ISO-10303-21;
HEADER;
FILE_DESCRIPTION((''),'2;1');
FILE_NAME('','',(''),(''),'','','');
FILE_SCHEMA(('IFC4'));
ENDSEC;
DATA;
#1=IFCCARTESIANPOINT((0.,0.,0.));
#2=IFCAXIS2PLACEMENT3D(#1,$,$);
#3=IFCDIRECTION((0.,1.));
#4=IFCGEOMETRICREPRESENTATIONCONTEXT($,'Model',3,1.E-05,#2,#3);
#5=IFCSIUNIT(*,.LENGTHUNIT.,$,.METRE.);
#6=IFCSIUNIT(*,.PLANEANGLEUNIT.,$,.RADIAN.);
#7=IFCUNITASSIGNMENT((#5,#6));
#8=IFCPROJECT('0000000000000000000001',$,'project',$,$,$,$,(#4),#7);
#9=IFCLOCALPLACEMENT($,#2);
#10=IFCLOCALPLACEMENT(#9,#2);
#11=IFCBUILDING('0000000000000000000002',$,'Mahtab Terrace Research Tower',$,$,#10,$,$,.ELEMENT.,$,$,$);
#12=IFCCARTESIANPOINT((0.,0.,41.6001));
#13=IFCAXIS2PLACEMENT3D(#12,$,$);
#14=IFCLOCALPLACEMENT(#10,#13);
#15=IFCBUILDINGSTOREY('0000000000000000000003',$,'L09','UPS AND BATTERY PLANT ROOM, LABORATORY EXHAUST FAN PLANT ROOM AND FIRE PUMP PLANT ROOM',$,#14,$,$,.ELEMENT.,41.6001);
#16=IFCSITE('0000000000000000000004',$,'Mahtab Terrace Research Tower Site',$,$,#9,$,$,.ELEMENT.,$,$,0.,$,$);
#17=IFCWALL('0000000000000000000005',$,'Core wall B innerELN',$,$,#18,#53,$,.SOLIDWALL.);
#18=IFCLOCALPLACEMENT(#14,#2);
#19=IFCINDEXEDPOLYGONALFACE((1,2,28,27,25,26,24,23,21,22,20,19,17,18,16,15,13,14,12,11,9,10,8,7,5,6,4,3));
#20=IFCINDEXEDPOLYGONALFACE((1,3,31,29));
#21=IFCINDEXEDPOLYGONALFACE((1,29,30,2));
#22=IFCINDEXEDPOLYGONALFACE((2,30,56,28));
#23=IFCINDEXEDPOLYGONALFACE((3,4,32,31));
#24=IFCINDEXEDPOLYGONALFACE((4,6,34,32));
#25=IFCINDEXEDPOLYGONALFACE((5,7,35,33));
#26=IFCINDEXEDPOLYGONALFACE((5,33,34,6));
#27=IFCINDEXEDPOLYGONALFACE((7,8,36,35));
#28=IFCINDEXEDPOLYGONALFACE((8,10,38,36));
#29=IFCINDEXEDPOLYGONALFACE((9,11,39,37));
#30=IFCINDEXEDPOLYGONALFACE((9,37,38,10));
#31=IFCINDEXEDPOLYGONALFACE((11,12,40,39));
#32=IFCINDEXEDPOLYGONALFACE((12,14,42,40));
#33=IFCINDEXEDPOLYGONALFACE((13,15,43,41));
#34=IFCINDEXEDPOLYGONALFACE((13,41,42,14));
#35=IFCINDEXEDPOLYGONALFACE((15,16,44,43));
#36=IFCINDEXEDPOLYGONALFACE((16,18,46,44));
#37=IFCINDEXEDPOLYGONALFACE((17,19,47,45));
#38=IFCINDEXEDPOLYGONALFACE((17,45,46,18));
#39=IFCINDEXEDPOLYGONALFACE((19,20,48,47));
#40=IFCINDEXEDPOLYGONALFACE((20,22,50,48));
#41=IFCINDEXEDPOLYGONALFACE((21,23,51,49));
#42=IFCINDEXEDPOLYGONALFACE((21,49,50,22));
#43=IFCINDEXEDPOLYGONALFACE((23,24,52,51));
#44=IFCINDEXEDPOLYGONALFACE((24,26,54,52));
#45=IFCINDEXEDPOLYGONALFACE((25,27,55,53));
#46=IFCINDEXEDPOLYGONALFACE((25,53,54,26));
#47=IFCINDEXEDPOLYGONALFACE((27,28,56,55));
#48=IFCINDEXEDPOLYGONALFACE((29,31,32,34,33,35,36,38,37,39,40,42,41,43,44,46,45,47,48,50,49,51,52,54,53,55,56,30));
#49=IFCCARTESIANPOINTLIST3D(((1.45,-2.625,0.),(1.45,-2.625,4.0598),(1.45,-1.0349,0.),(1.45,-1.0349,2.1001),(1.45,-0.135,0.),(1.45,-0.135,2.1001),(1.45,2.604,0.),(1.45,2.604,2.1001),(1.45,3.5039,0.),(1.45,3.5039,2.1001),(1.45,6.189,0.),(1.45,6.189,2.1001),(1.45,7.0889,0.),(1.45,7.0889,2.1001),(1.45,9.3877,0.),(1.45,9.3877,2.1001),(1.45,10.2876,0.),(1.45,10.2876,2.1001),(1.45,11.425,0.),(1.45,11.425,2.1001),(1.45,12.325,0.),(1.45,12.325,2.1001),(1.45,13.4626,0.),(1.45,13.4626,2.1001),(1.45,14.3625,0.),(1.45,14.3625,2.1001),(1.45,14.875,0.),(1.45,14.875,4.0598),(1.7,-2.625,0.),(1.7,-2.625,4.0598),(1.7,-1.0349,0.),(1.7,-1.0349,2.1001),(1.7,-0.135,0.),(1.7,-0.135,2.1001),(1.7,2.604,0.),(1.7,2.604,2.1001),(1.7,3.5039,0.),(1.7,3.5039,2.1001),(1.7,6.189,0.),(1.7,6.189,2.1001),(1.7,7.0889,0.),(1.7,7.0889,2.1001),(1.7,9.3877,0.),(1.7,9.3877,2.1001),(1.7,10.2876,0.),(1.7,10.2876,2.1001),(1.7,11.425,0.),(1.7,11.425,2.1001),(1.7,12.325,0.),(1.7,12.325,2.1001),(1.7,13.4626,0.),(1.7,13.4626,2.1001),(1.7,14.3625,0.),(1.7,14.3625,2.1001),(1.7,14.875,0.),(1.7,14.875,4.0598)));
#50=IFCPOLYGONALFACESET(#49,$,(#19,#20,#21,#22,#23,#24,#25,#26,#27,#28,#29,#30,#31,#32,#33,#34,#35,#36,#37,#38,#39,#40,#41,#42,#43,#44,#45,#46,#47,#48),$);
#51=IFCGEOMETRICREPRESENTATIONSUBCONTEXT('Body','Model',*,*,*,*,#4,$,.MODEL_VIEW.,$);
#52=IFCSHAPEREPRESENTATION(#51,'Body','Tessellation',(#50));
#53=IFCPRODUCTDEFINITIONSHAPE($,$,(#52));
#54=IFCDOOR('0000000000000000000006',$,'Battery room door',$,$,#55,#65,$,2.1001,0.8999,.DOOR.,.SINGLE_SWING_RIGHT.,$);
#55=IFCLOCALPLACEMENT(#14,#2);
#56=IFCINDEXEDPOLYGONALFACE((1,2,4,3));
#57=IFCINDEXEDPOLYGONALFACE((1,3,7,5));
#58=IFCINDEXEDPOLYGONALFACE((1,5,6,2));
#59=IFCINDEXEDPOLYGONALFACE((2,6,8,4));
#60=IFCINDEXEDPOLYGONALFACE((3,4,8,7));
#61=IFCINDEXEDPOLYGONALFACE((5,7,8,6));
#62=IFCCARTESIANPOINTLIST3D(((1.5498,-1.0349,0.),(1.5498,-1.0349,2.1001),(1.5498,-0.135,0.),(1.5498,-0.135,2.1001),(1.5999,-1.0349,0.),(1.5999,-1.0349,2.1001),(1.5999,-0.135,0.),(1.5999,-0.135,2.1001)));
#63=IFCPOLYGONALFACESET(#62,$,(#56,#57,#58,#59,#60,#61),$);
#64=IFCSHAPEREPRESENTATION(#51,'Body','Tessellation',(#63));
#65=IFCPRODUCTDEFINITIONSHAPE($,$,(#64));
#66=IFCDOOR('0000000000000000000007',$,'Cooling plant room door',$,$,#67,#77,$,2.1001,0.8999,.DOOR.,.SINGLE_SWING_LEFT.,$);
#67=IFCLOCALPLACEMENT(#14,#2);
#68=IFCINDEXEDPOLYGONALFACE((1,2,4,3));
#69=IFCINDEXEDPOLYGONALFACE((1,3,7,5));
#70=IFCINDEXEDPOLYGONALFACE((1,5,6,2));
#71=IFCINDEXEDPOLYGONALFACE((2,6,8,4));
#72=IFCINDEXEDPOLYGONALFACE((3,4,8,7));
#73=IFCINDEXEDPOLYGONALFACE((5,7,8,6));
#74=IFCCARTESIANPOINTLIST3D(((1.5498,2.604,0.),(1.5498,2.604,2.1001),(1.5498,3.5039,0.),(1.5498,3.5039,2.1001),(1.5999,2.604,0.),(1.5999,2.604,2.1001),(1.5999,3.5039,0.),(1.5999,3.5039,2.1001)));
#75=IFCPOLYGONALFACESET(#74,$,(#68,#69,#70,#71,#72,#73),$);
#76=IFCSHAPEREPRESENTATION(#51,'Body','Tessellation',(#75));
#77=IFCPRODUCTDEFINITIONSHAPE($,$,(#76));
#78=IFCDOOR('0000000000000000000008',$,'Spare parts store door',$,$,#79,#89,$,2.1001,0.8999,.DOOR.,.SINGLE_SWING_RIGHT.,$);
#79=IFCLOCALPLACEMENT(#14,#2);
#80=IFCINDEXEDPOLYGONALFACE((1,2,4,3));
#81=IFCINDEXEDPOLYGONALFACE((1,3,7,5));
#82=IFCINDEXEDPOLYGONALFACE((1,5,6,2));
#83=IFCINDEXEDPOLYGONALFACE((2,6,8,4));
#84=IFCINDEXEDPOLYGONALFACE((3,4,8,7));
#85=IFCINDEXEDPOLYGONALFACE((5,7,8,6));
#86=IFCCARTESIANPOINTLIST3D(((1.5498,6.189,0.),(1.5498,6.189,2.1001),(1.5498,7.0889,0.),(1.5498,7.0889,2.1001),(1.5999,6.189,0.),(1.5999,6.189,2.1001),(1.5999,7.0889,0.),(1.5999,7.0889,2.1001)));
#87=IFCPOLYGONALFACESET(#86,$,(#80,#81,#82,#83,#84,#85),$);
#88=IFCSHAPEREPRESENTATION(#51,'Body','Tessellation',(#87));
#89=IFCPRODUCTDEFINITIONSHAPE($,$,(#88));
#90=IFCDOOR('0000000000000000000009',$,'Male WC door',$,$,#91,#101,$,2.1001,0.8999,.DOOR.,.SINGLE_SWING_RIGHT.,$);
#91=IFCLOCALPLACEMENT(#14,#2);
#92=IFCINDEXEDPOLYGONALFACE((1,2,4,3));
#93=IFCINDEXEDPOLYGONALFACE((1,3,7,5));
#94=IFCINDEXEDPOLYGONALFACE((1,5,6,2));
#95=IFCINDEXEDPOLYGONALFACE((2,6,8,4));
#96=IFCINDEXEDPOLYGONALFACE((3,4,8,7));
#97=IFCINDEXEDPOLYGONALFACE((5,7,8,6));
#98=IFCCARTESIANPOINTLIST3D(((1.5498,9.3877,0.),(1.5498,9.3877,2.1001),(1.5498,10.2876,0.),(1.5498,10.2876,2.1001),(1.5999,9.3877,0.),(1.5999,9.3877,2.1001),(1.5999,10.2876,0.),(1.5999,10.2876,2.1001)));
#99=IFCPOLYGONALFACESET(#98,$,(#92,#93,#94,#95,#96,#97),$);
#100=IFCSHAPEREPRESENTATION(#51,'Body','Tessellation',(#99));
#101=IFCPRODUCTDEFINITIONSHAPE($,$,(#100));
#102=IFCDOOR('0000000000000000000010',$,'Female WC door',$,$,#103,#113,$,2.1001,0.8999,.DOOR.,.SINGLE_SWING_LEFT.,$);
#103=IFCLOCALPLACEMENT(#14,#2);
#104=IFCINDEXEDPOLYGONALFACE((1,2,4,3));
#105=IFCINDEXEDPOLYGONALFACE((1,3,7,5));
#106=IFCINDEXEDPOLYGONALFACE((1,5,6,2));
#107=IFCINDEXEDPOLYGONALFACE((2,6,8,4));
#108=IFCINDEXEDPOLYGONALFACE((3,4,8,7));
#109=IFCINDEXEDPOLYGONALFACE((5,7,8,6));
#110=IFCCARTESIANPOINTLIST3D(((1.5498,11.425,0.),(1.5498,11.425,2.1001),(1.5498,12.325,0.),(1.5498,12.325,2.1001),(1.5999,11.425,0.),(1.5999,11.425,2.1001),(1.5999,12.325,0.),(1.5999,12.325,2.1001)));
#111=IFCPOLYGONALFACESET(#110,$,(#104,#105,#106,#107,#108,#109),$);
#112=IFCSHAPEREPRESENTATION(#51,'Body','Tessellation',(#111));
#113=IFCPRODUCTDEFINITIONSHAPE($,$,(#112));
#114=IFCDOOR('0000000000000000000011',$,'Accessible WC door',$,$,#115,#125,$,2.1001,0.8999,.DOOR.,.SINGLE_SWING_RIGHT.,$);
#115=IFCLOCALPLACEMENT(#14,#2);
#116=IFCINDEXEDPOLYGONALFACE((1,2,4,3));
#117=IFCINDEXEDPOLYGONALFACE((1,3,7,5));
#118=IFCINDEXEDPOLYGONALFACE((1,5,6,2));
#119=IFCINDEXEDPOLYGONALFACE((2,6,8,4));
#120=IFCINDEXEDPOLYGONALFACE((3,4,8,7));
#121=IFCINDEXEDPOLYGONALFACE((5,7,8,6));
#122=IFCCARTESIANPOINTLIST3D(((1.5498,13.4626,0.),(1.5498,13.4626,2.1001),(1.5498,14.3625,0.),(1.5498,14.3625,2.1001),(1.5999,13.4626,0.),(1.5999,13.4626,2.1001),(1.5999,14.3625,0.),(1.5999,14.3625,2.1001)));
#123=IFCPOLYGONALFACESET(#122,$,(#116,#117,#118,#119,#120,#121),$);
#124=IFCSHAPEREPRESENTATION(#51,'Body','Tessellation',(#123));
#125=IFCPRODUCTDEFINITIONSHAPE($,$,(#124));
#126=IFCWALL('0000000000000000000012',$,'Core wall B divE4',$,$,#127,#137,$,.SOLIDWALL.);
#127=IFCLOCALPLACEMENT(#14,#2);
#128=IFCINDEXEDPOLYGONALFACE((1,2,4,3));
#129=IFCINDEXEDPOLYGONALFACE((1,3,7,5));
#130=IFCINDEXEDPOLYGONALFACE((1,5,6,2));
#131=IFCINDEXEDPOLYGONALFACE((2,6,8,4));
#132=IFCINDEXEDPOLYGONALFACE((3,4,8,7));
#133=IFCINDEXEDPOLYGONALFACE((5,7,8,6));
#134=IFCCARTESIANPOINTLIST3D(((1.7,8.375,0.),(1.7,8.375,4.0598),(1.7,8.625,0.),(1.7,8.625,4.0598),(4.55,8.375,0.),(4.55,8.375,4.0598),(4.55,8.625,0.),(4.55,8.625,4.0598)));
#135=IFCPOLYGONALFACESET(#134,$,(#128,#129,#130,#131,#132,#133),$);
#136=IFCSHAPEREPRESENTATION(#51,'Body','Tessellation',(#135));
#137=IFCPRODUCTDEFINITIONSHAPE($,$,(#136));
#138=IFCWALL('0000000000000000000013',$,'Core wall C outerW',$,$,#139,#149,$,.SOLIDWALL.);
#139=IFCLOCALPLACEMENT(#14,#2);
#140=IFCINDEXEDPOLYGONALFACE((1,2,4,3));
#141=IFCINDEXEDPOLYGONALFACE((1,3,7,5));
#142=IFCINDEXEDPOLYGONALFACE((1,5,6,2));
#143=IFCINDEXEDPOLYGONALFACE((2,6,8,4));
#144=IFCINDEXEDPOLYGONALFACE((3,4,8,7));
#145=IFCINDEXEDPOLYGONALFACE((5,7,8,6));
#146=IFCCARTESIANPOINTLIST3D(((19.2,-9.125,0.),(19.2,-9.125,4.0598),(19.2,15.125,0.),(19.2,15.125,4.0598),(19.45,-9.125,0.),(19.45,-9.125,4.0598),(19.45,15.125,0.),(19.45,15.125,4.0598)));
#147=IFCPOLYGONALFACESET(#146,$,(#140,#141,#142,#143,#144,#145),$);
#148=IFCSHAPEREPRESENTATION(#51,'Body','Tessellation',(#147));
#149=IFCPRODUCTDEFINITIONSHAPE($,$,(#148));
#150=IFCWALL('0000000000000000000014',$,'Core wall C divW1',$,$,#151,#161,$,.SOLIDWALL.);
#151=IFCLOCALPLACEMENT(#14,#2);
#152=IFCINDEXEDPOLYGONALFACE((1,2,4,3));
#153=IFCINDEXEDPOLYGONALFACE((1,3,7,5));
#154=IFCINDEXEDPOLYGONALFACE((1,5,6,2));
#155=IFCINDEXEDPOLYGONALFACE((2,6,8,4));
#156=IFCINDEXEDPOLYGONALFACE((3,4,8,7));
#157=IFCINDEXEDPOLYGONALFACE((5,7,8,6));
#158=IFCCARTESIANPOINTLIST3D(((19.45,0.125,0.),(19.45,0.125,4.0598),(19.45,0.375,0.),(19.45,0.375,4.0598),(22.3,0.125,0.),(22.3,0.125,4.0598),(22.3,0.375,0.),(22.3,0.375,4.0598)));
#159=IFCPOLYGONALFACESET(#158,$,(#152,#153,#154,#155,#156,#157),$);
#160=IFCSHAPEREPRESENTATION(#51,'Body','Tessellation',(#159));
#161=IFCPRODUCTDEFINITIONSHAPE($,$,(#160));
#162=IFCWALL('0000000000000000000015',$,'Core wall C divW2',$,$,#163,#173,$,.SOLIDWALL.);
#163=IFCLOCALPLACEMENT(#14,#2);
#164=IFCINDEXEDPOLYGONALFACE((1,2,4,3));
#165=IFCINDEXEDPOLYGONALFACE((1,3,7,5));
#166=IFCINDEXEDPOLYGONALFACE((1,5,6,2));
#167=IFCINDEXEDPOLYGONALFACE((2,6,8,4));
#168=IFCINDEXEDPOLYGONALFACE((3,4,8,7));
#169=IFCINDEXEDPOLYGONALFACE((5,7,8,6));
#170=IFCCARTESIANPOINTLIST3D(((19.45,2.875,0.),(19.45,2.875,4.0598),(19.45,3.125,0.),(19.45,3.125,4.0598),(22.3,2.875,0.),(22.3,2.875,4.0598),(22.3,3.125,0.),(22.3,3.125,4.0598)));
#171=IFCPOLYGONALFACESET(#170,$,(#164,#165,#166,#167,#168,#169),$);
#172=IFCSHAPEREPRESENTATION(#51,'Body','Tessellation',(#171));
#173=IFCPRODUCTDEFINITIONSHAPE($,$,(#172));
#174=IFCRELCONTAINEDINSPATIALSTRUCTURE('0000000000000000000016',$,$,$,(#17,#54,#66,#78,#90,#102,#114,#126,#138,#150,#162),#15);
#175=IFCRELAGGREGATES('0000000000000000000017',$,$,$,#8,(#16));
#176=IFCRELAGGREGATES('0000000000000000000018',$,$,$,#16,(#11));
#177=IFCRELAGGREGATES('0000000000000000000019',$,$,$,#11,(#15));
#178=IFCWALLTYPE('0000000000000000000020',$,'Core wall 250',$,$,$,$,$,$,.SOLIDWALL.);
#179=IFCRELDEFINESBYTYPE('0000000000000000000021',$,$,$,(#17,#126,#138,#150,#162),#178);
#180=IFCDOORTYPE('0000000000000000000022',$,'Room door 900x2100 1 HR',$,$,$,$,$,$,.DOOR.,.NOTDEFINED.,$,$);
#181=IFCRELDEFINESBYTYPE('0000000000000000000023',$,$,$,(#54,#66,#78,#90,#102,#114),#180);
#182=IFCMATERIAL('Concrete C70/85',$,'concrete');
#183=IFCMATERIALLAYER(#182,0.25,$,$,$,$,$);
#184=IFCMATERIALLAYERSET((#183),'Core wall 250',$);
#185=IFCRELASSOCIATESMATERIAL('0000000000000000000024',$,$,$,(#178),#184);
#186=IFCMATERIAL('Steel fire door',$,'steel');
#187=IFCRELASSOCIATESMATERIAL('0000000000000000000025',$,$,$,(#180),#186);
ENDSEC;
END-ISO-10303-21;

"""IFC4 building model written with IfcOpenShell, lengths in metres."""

from ifc_helpers import new_model, si_unit, direction, frame, frame_2d, origin, place, context, subcontext, project, spatial, rectangle, extrude, material, layer, layer_set, type_object, element, fill, save


model = new_model("IFC4")

# Units and contexts
model_context = context("Model", 3, precision=1e-05, world=origin(), true_north=direction((0.0, 1.0)))
body_context = subcontext(model_context, "Body", "Model", "MODEL_VIEW")
ifc_project = project(units=[si_unit("LENGTHUNIT", "METRE"), si_unit("PLANEANGLEUNIT", "RADIAN")], contexts=[model_context])

# Site, building, storey
site_placement = place(None, origin())
site = spatial("IfcSite", under=ifc_project, at=site_placement, Name="Mahtab Terrace Research Tower Site", CompositionType="ELEMENT", RefElevation=0.0)
building_placement = place(site_placement, origin())
building = spatial("IfcBuilding", under=site, at=building_placement, Name="Mahtab Terrace Research Tower", CompositionType="ELEMENT")
storey_placement = place(building_placement, frame((0.0, 0.0, 41.6001)))
storey = spatial("IfcBuildingStorey", under=building, at=storey_placement, Name="L09", Description="UPS AND BATTERY PLANT ROOM, LABORATORY EXHAUST FAN PLANT ROOM AND FIRE PUMP PLANT ROOM", CompositionType="ELEMENT", Elevation=41.6001)

# Shared definitions
ifc_material_1 = material(Name="Concrete C70/85", Category="concrete")

# Wall, openings, doors
ifc_layer_1 = layer(ifc_material_1, 0.25)
ifc_layer_set_1 = layer_set([ifc_layer_1], Name="Core wall 250")
wall_type_1 = type_object("IfcWallType", Name="Core wall 250", PredefinedType="SOLIDWALL", material=ifc_layer_set_1)
wall_1_placement = place(storey_placement, frame((1.575, 14.875, 0.0), z_axis=(0.0, 0.0, 1.0), x_axis=(0.0, -1.0, 0.0)))
wall_1 = element("IfcWall", 1, at=wall_1_placement, inside=storey, type_object=wall_type_1, Name="Core wall B innerELN", PredefinedType="SOLIDWALL", context=body_context, shape_type="SweptSolid", body=[
    extrude(rectangle(XDim=17.5, YDim=0.25, at=frame_2d((8.75, 0.0))), origin(), (0.0, 0.0, 1.0), 4.0598),
])
opening_1_placement = place(wall_1_placement, frame((15.01, 0.0, 0.0)))
opening_1 = element("IfcOpeningElement", 2, at=opening_1_placement, cuts=wall_1, PredefinedType="OPENING", context=body_context, shape_type="SweptSolid", body=[
    extrude(rectangle(XDim=0.8999, YDim=2.1001, at=frame_2d((0.45, 1.05))), frame((0.0, 0.135, 0.0), z_axis=(0.0, -1.0, 0.0), x_axis=(1.0, 0.0, 0.0)), (0.0, 0.0, 1.0), 0.27),
])
opening_2_placement = place(wall_1_placement, frame((11.3711, 0.0, 0.0)))
opening_2 = element("IfcOpeningElement", 3, at=opening_2_placement, cuts=wall_1, PredefinedType="OPENING", context=body_context, shape_type="SweptSolid", body=[
    extrude(rectangle(XDim=0.8999, YDim=2.1001, at=frame_2d((0.45, 1.05))), frame((0.0, 0.135, 0.0), z_axis=(0.0, -1.0, 0.0), x_axis=(1.0, 0.0, 0.0)), (0.0, 0.0, 1.0), 0.27),
])
opening_3_placement = place(wall_1_placement, frame((7.7861, 0.0, 0.0)))
opening_3 = element("IfcOpeningElement", 4, at=opening_3_placement, cuts=wall_1, PredefinedType="OPENING", context=body_context, shape_type="SweptSolid", body=[
    extrude(rectangle(XDim=0.8999, YDim=2.1001, at=frame_2d((0.45, 1.05))), frame((0.0, 0.135, 0.0), z_axis=(0.0, -1.0, 0.0), x_axis=(1.0, 0.0, 0.0)), (0.0, 0.0, 1.0), 0.27),
])
opening_4_placement = place(wall_1_placement, frame((4.5874, 0.0, 0.0)))
opening_4 = element("IfcOpeningElement", 5, at=opening_4_placement, cuts=wall_1, PredefinedType="OPENING", context=body_context, shape_type="SweptSolid", body=[
    extrude(rectangle(XDim=0.8999, YDim=2.1001, at=frame_2d((0.45, 1.05))), frame((0.0, 0.135, 0.0), z_axis=(0.0, -1.0, 0.0), x_axis=(1.0, 0.0, 0.0)), (0.0, 0.0, 1.0), 0.27),
])
opening_5_placement = place(wall_1_placement, frame((2.55, 0.0, 0.0)))
opening_5 = element("IfcOpeningElement", 6, at=opening_5_placement, cuts=wall_1, PredefinedType="OPENING", context=body_context, shape_type="SweptSolid", body=[
    extrude(rectangle(XDim=0.8999, YDim=2.1001, at=frame_2d((0.45, 1.05))), frame((0.0, 0.135, 0.0), z_axis=(0.0, -1.0, 0.0), x_axis=(1.0, 0.0, 0.0)), (0.0, 0.0, 1.0), 0.27),
])
opening_6_placement = place(wall_1_placement, frame((0.5125, 0.0, 0.0)))
opening_6 = element("IfcOpeningElement", 7, at=opening_6_placement, cuts=wall_1, PredefinedType="OPENING", context=body_context, shape_type="SweptSolid", body=[
    extrude(rectangle(XDim=0.8999, YDim=2.1001, at=frame_2d((0.45, 1.05))), frame((0.0, 0.135, 0.0), z_axis=(0.0, -1.0, 0.0), x_axis=(1.0, 0.0, 0.0)), (0.0, 0.0, 1.0), 0.27),
])
ifc_material_2 = material(Name="Steel fire door", Category="steel")
door_type_1 = type_object("IfcDoorType", Name="Room door 900x2100 1 HR", OperationType="NOTDEFINED", PredefinedType="DOOR", material=ifc_material_2)
door_1_placement = place(opening_1_placement, origin())
door_1 = element("IfcDoor", 8, at=door_1_placement, inside=storey, type_object=door_type_1, Name="Battery room door", OperationType="SINGLE_SWING_RIGHT", OverallHeight=2.1001, OverallWidth=0.8999, PredefinedType="DOOR", context=body_context, shape_type="SweptSolid", body=[
    extrude(rectangle(XDim=0.8999, YDim=2.1001, at=frame_2d((0.45, 1.05))), frame((0.0, 0.0249, 0.0), z_axis=(0.0, -1.0, 0.0), x_axis=(1.0, 0.0, 0.0)), (0.0, 0.0, 1.0), 0.05),
])
fill(opening_1, door_1)
door_2_placement = place(opening_2_placement, origin())
door_2 = element("IfcDoor", 9, at=door_2_placement, inside=storey, type_object=door_type_1, Name="Cooling plant room door", OperationType="SINGLE_SWING_LEFT", OverallHeight=2.1001, OverallWidth=0.8999, PredefinedType="DOOR", context=body_context, shape_type="SweptSolid", body=[
    extrude(rectangle(XDim=0.8999, YDim=2.1001, at=frame_2d((0.45, 1.05))), frame((0.0, 0.0249, 0.0), z_axis=(0.0, -1.0, 0.0), x_axis=(1.0, 0.0, 0.0)), (0.0, 0.0, 1.0), 0.05),
])
fill(opening_2, door_2)
door_3_placement = place(opening_3_placement, origin())
door_3 = element("IfcDoor", 10, at=door_3_placement, inside=storey, type_object=door_type_1, Name="Spare parts store door", OperationType="SINGLE_SWING_RIGHT", OverallHeight=2.1001, OverallWidth=0.8999, PredefinedType="DOOR", context=body_context, shape_type="SweptSolid", body=[
    extrude(rectangle(XDim=0.8999, YDim=2.1001, at=frame_2d((0.45, 1.05))), frame((0.0, 0.0249, 0.0), z_axis=(0.0, -1.0, 0.0), x_axis=(1.0, 0.0, 0.0)), (0.0, 0.0, 1.0), 0.05),
])
fill(opening_3, door_3)
door_4_placement = place(opening_4_placement, origin())
door_4 = element("IfcDoor", 11, at=door_4_placement, inside=storey, type_object=door_type_1, Name="Male WC door", OperationType="SINGLE_SWING_RIGHT", OverallHeight=2.1001, OverallWidth=0.8999, PredefinedType="DOOR", context=body_context, shape_type="SweptSolid", body=[
    extrude(rectangle(XDim=0.8999, YDim=2.1001, at=frame_2d((0.45, 1.05))), frame((0.0, 0.0249, 0.0), z_axis=(0.0, -1.0, 0.0), x_axis=(1.0, 0.0, 0.0)), (0.0, 0.0, 1.0), 0.05),
])
fill(opening_4, door_4)
door_5_placement = place(opening_5_placement, origin())
door_5 = element("IfcDoor", 12, at=door_5_placement, inside=storey, type_object=door_type_1, Name="Female WC door", OperationType="SINGLE_SWING_LEFT", OverallHeight=2.1001, OverallWidth=0.8999, PredefinedType="DOOR", context=body_context, shape_type="SweptSolid", body=[
    extrude(rectangle(XDim=0.8999, YDim=2.1001, at=frame_2d((0.45, 1.05))), frame((0.0, 0.0249, 0.0), z_axis=(0.0, -1.0, 0.0), x_axis=(1.0, 0.0, 0.0)), (0.0, 0.0, 1.0), 0.05),
])
fill(opening_5, door_5)
door_6_placement = place(opening_6_placement, origin())
door_6 = element("IfcDoor", 13, at=door_6_placement, inside=storey, type_object=door_type_1, Name="Accessible WC door", OperationType="SINGLE_SWING_RIGHT", OverallHeight=2.1001, OverallWidth=0.8999, PredefinedType="DOOR", context=body_context, shape_type="SweptSolid", body=[
    extrude(rectangle(XDim=0.8999, YDim=2.1001, at=frame_2d((0.45, 1.05))), frame((0.0, 0.0249, 0.0), z_axis=(0.0, -1.0, 0.0), x_axis=(1.0, 0.0, 0.0)), (0.0, 0.0, 1.0), 0.05),
])
fill(opening_6, door_6)

# Walls
wall_2_placement = place(storey_placement, frame((1.7, 8.5, 0.0), z_axis=(0.0, 0.0, 1.0), x_axis=(1.0, 0.0, 0.0)))
element("IfcWall", 14, at=wall_2_placement, inside=storey, type_object=wall_type_1, Name="Core wall B divE4", PredefinedType="SOLIDWALL", context=body_context, shape_type="SweptSolid", body=[
    extrude(rectangle(XDim=2.8501, YDim=0.25, at=frame_2d((1.425, 0.0))), origin(), (0.0, 0.0, 1.0), 4.0598),
])
wall_3_placement = place(storey_placement, frame((19.325, 15.125, 0.0), z_axis=(0.0, 0.0, 1.0), x_axis=(0.0, -1.0, 0.0)))
element("IfcWall", 15, at=wall_3_placement, inside=storey, type_object=wall_type_1, Name="Core wall C outerW", PredefinedType="SOLIDWALL", context=body_context, shape_type="SweptSolid", body=[
    extrude(rectangle(XDim=24.25, YDim=0.25, at=frame_2d((12.125, 0.0))), origin(), (0.0, 0.0, 1.0), 4.0598),
])
for number, where, z_axis, x_axis, name in (
    (16, (19.45, 0.25, 0.0), (0.0, 0.0, 1.0), (1.0, 0.0, 0.0), "Core wall C divW1"),
    (17, (19.45, 3.0, 0.0), (0.0, 0.0, 1.0), (1.0, 0.0, 0.0), "Core wall C divW2"),
):
    element("IfcWall", number, at=place(storey_placement, frame(where, z_axis=z_axis, x_axis=x_axis)), inside=storey, type_object=wall_type_1, Name=name, PredefinedType="SOLIDWALL", context=body_context, shape_type="SweptSolid", body=[
        extrude(rectangle(XDim=2.8501, YDim=0.25, at=frame_2d((1.425, 0.0))), origin(), (0.0, 0.0, 1.0), 4.0598),
    ])

save(model, "model.ifc")
